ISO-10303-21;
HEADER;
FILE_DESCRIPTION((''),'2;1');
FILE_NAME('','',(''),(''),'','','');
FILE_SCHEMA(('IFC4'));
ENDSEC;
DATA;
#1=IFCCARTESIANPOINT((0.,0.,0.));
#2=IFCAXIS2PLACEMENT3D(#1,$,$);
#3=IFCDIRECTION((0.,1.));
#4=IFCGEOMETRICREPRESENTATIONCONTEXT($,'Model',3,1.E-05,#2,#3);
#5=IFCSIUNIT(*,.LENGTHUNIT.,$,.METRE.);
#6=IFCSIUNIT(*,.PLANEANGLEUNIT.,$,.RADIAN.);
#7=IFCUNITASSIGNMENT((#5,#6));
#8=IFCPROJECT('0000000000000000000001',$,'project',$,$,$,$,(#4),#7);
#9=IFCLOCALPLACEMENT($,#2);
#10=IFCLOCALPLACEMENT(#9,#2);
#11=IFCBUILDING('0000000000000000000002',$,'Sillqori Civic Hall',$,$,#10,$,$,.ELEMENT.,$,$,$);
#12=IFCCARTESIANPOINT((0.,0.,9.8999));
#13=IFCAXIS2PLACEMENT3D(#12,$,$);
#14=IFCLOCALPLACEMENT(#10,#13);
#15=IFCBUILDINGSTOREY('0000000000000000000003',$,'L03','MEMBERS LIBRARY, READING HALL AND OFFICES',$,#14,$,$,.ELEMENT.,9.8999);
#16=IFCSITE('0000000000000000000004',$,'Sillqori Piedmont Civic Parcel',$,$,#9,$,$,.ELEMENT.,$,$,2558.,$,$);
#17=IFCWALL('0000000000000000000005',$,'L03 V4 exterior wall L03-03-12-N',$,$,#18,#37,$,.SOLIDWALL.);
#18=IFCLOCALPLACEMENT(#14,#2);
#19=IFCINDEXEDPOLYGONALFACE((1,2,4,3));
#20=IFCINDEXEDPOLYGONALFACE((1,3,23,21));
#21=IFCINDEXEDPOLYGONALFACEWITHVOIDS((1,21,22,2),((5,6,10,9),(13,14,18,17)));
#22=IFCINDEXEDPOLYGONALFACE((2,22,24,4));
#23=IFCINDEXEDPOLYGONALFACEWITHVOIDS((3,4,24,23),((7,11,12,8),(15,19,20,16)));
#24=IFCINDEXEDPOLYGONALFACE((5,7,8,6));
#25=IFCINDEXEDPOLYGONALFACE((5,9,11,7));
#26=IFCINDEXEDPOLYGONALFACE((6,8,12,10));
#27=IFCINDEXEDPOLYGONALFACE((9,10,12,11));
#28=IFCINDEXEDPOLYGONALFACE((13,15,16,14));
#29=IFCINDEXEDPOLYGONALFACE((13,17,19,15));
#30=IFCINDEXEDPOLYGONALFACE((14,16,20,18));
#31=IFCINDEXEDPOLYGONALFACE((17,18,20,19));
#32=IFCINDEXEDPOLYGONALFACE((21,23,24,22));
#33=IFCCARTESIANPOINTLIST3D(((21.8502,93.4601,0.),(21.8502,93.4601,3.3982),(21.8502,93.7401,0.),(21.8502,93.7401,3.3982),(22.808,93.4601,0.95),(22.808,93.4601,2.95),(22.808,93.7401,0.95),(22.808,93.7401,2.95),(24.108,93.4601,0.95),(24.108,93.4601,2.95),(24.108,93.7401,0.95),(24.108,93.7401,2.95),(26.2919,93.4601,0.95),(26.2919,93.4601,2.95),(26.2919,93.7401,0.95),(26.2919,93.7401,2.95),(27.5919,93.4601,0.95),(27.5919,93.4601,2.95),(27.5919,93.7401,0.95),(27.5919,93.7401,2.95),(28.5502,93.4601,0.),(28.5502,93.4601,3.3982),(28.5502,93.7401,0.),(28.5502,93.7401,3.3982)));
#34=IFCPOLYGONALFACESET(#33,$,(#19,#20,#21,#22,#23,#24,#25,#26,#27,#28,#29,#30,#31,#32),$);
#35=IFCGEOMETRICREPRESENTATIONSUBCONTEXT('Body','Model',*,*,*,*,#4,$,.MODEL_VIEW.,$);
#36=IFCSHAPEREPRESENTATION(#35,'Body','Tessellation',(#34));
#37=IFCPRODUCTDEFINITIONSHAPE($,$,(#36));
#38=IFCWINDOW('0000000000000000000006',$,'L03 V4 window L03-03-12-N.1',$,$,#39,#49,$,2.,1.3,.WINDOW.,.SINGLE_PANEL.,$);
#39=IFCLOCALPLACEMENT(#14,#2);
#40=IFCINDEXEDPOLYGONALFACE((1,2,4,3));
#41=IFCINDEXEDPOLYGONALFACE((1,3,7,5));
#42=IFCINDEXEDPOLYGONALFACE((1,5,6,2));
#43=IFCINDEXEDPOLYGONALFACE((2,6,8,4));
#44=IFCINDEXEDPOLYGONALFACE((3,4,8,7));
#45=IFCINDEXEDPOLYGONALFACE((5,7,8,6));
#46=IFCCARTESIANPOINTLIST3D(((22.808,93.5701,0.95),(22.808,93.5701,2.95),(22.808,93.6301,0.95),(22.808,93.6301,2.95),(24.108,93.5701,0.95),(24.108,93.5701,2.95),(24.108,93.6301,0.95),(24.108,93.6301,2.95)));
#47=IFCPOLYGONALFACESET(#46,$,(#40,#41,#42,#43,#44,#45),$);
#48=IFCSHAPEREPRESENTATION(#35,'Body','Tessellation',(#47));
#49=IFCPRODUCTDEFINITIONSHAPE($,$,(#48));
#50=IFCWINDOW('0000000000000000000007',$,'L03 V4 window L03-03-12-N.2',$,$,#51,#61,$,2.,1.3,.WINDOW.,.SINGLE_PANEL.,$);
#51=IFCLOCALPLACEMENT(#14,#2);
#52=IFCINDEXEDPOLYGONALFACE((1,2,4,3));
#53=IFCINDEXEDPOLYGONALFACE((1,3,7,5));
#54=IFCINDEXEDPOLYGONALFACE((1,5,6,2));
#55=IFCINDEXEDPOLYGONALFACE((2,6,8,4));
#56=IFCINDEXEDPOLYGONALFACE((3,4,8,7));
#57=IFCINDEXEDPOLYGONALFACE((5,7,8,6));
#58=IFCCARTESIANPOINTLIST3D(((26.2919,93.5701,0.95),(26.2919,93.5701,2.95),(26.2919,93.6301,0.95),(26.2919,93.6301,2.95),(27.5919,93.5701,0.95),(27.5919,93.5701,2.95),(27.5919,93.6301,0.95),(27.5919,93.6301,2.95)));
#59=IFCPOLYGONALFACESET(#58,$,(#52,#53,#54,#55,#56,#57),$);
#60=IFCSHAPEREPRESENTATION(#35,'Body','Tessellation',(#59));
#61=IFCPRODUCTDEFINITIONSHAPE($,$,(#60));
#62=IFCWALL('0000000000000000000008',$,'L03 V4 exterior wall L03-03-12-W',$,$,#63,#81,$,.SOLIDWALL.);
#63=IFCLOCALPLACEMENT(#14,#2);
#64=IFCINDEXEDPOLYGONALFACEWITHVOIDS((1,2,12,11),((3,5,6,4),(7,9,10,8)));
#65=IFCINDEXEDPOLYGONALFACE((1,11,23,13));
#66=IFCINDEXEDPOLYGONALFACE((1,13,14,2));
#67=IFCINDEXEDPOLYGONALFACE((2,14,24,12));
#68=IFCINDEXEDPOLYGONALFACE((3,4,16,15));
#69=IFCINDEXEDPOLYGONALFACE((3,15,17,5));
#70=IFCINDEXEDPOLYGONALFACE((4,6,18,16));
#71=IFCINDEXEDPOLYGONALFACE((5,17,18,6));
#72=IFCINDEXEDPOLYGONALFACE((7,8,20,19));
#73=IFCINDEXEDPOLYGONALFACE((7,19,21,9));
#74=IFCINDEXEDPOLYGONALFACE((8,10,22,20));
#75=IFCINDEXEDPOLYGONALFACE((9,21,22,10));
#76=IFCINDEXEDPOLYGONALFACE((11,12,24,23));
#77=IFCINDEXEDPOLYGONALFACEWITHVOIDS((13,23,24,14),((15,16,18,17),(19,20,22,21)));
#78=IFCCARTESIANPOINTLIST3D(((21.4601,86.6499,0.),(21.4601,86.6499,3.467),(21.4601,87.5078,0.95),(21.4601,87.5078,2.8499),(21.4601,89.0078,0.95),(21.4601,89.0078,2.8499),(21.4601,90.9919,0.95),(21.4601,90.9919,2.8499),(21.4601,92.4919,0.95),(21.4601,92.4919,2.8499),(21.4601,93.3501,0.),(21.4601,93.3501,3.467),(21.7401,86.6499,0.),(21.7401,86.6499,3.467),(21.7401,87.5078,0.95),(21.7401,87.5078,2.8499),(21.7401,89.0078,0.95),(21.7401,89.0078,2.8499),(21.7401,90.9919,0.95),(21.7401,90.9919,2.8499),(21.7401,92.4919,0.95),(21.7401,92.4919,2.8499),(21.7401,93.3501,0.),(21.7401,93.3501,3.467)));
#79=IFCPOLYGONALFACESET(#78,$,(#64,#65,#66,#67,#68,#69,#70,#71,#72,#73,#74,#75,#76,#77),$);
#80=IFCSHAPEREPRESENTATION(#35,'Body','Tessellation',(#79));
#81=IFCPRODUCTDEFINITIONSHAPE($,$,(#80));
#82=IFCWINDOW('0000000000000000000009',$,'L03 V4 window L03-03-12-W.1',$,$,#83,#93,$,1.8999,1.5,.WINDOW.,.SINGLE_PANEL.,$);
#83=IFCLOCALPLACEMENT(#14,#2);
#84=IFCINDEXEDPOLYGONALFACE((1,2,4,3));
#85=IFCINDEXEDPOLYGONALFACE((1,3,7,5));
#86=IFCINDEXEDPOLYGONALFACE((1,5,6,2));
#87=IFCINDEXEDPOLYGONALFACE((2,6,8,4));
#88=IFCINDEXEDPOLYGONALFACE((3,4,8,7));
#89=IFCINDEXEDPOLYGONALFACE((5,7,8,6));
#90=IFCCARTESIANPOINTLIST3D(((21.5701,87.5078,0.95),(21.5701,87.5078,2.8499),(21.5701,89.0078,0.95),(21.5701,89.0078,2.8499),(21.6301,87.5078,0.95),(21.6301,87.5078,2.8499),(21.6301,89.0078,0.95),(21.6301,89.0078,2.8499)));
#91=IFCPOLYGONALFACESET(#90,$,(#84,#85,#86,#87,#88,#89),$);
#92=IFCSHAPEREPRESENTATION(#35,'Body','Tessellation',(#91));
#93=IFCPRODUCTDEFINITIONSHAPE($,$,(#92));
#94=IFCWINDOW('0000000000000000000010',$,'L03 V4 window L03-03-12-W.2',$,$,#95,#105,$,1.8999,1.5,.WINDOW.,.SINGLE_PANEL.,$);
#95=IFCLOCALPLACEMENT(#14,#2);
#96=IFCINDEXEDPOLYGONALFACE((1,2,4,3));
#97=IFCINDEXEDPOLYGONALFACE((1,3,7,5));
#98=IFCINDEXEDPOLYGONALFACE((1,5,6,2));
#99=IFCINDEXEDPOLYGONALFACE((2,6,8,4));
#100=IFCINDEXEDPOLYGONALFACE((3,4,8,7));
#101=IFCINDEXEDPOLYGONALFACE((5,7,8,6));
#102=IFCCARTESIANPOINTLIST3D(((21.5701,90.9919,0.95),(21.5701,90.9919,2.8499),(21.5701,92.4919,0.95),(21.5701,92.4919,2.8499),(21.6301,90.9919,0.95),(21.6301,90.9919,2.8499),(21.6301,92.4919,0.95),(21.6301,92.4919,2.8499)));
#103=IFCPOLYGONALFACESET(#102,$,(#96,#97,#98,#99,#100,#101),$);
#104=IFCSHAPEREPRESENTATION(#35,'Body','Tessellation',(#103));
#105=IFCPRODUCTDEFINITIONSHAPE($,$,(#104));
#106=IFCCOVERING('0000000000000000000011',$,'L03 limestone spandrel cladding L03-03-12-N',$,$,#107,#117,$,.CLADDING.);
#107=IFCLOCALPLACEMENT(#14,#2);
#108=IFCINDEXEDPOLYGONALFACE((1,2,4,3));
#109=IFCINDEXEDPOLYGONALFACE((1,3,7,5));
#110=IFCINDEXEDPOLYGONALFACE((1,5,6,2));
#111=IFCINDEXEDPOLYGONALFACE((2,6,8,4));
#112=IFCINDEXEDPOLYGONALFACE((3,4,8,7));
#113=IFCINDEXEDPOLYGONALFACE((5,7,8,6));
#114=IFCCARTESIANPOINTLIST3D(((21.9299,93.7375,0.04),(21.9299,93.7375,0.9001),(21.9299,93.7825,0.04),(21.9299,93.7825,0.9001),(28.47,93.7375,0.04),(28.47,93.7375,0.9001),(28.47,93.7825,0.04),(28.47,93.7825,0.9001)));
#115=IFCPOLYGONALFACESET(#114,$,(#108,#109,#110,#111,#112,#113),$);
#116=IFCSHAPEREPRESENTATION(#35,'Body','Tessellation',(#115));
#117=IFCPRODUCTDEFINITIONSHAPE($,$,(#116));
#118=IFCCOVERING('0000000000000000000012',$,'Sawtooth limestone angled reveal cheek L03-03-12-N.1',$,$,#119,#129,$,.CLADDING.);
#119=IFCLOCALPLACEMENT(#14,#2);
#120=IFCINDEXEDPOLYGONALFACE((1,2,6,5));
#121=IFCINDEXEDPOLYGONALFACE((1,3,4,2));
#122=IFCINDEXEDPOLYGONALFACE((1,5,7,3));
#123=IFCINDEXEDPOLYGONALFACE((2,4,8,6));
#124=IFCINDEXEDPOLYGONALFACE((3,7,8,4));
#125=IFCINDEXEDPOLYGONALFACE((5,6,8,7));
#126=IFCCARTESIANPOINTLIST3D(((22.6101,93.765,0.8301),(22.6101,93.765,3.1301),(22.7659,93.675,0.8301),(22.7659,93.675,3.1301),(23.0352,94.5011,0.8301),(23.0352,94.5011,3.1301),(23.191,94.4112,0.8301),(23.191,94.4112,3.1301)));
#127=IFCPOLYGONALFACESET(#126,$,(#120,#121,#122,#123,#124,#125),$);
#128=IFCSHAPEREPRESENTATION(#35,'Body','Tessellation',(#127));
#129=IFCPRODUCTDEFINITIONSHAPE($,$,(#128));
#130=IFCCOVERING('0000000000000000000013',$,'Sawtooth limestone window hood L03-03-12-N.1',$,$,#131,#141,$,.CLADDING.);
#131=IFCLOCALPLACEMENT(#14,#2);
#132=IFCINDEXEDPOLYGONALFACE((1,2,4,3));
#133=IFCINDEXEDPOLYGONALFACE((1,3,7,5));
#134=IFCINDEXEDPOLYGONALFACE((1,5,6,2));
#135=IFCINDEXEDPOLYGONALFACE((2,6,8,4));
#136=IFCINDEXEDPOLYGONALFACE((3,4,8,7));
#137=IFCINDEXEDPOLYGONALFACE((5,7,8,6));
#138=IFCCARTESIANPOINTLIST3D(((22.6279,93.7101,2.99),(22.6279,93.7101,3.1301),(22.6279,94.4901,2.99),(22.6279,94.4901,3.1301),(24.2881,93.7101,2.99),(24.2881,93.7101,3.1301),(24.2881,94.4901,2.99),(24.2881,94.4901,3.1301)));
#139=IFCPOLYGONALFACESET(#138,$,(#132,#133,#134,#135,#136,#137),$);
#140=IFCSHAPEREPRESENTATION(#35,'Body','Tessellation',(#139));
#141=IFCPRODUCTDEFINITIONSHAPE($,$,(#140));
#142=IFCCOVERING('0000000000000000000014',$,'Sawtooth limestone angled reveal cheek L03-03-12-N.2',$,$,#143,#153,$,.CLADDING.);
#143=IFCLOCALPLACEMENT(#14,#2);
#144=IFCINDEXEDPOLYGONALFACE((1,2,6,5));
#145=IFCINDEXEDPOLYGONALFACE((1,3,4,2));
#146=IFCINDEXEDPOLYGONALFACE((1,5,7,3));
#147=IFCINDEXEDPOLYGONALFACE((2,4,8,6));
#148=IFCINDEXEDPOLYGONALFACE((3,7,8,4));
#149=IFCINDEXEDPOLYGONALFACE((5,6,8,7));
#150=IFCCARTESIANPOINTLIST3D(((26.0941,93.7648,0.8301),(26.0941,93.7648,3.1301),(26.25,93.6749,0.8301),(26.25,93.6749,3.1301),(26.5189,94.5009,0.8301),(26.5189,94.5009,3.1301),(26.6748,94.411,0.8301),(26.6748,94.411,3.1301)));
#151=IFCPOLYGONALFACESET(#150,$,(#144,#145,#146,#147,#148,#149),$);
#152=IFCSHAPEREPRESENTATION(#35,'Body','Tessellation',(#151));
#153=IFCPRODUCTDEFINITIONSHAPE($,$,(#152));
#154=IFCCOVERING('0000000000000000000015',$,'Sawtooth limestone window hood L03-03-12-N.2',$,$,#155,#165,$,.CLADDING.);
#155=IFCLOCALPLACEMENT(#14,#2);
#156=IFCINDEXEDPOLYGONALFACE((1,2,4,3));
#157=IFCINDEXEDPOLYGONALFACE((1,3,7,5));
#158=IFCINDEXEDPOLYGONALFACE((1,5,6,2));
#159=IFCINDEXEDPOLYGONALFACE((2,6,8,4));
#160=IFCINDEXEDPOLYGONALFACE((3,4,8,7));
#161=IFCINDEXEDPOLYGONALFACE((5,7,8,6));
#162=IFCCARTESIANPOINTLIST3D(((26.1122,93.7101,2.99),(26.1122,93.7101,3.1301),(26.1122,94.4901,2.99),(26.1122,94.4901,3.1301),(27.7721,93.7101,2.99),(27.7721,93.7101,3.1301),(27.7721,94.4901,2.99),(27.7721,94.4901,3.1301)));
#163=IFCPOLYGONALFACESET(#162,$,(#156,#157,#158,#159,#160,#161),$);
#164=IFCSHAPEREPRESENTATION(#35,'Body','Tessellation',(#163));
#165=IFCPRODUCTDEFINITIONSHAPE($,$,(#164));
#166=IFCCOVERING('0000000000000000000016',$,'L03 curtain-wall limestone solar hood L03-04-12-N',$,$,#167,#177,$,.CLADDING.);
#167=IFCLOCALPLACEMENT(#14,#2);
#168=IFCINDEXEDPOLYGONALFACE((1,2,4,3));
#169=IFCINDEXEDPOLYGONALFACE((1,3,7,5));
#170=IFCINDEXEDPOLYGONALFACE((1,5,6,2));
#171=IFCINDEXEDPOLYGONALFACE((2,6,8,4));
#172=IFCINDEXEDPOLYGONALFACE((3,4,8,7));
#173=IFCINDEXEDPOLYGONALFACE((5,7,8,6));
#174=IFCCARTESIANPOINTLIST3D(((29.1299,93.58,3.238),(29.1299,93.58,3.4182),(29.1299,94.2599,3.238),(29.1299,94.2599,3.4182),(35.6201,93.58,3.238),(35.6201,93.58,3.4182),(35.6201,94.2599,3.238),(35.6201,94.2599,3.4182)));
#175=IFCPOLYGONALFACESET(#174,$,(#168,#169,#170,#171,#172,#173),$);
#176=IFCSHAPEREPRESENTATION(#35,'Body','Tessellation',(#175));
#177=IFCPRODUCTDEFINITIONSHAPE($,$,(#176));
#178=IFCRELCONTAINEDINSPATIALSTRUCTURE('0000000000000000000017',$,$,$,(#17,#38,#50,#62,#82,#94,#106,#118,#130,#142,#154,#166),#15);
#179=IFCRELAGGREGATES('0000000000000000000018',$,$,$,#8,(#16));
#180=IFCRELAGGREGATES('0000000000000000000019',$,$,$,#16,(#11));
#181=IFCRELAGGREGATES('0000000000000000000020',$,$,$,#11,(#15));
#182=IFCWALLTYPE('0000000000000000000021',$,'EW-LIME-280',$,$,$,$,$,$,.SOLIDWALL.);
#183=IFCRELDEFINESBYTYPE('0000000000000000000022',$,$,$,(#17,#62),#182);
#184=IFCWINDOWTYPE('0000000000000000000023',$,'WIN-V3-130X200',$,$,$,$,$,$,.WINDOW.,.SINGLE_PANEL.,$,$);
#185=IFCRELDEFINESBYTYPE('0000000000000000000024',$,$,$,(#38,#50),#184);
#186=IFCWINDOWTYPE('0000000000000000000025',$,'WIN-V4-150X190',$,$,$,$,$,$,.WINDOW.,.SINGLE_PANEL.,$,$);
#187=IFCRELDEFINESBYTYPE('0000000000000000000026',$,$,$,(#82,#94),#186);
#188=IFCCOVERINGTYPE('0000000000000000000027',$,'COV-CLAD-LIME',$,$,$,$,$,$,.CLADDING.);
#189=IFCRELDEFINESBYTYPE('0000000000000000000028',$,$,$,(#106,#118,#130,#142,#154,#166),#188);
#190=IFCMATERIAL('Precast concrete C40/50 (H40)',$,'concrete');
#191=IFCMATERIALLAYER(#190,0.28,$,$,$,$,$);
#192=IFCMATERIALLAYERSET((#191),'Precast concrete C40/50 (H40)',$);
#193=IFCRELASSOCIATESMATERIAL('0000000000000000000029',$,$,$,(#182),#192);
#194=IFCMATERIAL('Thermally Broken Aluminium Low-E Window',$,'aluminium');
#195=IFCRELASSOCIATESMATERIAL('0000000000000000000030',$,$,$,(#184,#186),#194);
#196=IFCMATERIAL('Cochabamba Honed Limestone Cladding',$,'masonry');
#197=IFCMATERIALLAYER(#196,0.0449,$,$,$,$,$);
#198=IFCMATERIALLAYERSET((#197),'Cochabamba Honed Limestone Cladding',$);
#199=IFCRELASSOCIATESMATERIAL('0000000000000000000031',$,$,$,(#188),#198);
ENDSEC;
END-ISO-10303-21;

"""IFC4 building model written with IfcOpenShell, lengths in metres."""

from ifc_helpers import new_model, si_unit, direction, frame, frame_2d, origin, place, context, subcontext, project, spatial, rectangle, extrude, material, layer, layer_set, type_object, element, fill, save


model = new_model("IFC4")

# Units and contexts
model_context = context("Model", 3, precision=1e-05, world=origin(), true_north=direction((0.0, 1.0)))
body_context = subcontext(model_context, "Body", "Model", "MODEL_VIEW")
ifc_project = project(units=[si_unit("LENGTHUNIT", "METRE"), si_unit("PLANEANGLEUNIT", "RADIAN")], contexts=[model_context])

# Site, building, storey
site_placement = place(None, origin())
site = spatial("IfcSite", under=ifc_project, at=site_placement, Name="Sillqori Piedmont Civic Parcel", CompositionType="ELEMENT", RefElevation=2558.0)
building_placement = place(site_placement, origin())
building = spatial("IfcBuilding", under=site, at=building_placement, Name="Sillqori Civic Hall", CompositionType="ELEMENT")
storey_placement = place(building_placement, frame((0.0, 0.0, 9.8999)))
storey = spatial("IfcBuildingStorey", under=building, at=storey_placement, Name="L03", Description="MEMBERS LIBRARY, READING HALL AND OFFICES", CompositionType="ELEMENT", Elevation=9.8999)

# Shared definitions
ifc_material_1 = material(Name="Precast concrete C40/50 (H40)", Category="concrete")

# Walls, openings, windows
ifc_layer_1 = layer(ifc_material_1, 0.28)
ifc_layer_set_1 = layer_set([ifc_layer_1], Name="Precast concrete C40/50 (H40)")
wall_type = type_object("IfcWallType", Name="EW-LIME-280", PredefinedType="SOLIDWALL", material=ifc_layer_set_1)
wall_1_placement = place(storey_placement, frame((21.8501, 93.6001, 0.0), z_axis=(0.0, 0.0, 1.0), x_axis=(1.0, 0.0, 0.0)))
wall_1 = element("IfcWall", 1, at=wall_1_placement, inside=storey, type_object=wall_type, Name="L03 V4 exterior wall L03-03-12-N", PredefinedType="SOLIDWALL", context=body_context, shape_type="SweptSolid", body=[
    extrude(rectangle(XDim=6.7, YDim=0.28, at=frame_2d((3.3501, 0.0))), origin(), (0.0, 0.0, 1.0), 3.3982),
])
opening_1_placement = place(wall_1_placement, frame((0.958, 0.0, 0.95)))
opening_1 = element("IfcOpeningElement", 2, at=opening_1_placement, cuts=wall_1, PredefinedType="OPENING", context=body_context, shape_type="SweptSolid", body=[
    extrude(rectangle(XDim=1.3, YDim=2.0, at=frame_2d((0.6499, 1.0))), frame((0.0, 0.1499, 0.0), z_axis=(0.0, -1.0, 0.0), x_axis=(1.0, 0.0, 0.0)), (0.0, 0.0, 1.0), 0.3),
])
opening_2_placement = place(wall_1_placement, frame((4.4419, 0.0, 0.95)))
opening_2 = element("IfcOpeningElement", 3, at=opening_2_placement, cuts=wall_1, PredefinedType="OPENING", context=body_context, shape_type="SweptSolid", body=[
    extrude(rectangle(XDim=1.3, YDim=2.0, at=frame_2d((0.6499, 1.0))), frame((0.0, 0.1499, 0.0), z_axis=(0.0, -1.0, 0.0), x_axis=(1.0, 0.0, 0.0)), (0.0, 0.0, 1.0), 0.3),
])
ifc_material_2 = material(Name="Thermally Broken Aluminium Low-E Window", Category="aluminium")
window_type_1 = type_object("IfcWindowType", Name="WIN-V3-130X200", PartitioningType="SINGLE_PANEL", PredefinedType="WINDOW", material=ifc_material_2)
window_1_placement = place(opening_1_placement, origin())
window_1 = element("IfcWindow", 4, at=window_1_placement, inside=storey, type_object=window_type_1, Name="L03 V4 window L03-03-12-N.1", OverallHeight=2.0, OverallWidth=1.3, PartitioningType="SINGLE_PANEL", PredefinedType="WINDOW", context=body_context, shape_type="SweptSolid", body=[
    extrude(rectangle(XDim=1.3, YDim=2.0, at=frame_2d((0.6499, 1.0))), frame((0.0, 0.03, 0.0), z_axis=(0.0, -1.0, 0.0), x_axis=(1.0, 0.0, 0.0)), (0.0, 0.0, 1.0), 0.0601),
])
fill(opening_1, window_1)
window_2_placement = place(opening_2_placement, origin())
window_2 = element("IfcWindow", 5, at=window_2_placement, inside=storey, type_object=window_type_1, Name="L03 V4 window L03-03-12-N.2", OverallHeight=2.0, OverallWidth=1.3, PartitioningType="SINGLE_PANEL", PredefinedType="WINDOW", context=body_context, shape_type="SweptSolid", body=[
    extrude(rectangle(XDim=1.3, YDim=2.0, at=frame_2d((0.6499, 1.0))), frame((0.0, 0.03, 0.0), z_axis=(0.0, -1.0, 0.0), x_axis=(1.0, 0.0, 0.0)), (0.0, 0.0, 1.0), 0.0601),
])
fill(opening_2, window_2)
wall_2_placement = place(storey_placement, frame((21.6001, 86.6499, 0.0), z_axis=(0.0, 0.0, 1.0), x_axis=(0.0, 1.0, 0.0)))
wall_2 = element("IfcWall", 6, at=wall_2_placement, inside=storey, type_object=wall_type, Name="L03 V4 exterior wall L03-03-12-W", PredefinedType="SOLIDWALL", context=body_context, shape_type="SweptSolid", body=[
    extrude(rectangle(XDim=6.7002, YDim=0.28, at=frame_2d((3.3501, 0.0))), origin(), (0.0, 0.0, 1.0), 3.467),
])
opening_3_placement = place(wall_2_placement, frame((0.8579, 0.0, 0.95)))
opening_3 = element("IfcOpeningElement", 7, at=opening_3_placement, cuts=wall_2, PredefinedType="OPENING", context=body_context, shape_type="SweptSolid", body=[
    extrude(rectangle(XDim=1.5, YDim=1.8999, at=frame_2d((0.75, 0.95))), frame((0.0, 0.1499, 0.0), z_axis=(0.0, -1.0, 0.0), x_axis=(1.0, 0.0, 0.0)), (0.0, 0.0, 1.0), 0.3),
])
opening_4_placement = place(wall_2_placement, frame((4.342, 0.0, 0.95)))
opening_4 = element("IfcOpeningElement", 8, at=opening_4_placement, cuts=wall_2, PredefinedType="OPENING", context=body_context, shape_type="SweptSolid", body=[
    extrude(rectangle(XDim=1.5, YDim=1.8999, at=frame_2d((0.75, 0.95))), frame((0.0, 0.1499, 0.0), z_axis=(0.0, -1.0, 0.0), x_axis=(1.0, 0.0, 0.0)), (0.0, 0.0, 1.0), 0.3),
])
window_type_2 = type_object("IfcWindowType", Name="WIN-V4-150X190", PartitioningType="SINGLE_PANEL", PredefinedType="WINDOW", material=ifc_material_2)
window_3_placement = place(opening_3_placement, origin())
window_3 = element("IfcWindow", 9, at=window_3_placement, inside=storey, type_object=window_type_2, Name="L03 V4 window L03-03-12-W.1", OverallHeight=1.8999, OverallWidth=1.5, PartitioningType="SINGLE_PANEL", PredefinedType="WINDOW", context=body_context, shape_type="SweptSolid", body=[
    extrude(rectangle(XDim=1.5, YDim=1.8999, at=frame_2d((0.75, 0.95))), frame((0.0, 0.03, 0.0), z_axis=(0.0, -1.0, 0.0), x_axis=(1.0, 0.0, 0.0)), (0.0, 0.0, 1.0), 0.0601),
])
fill(opening_3, window_3)
window_4_placement = place(opening_4_placement, origin())
window_4 = element("IfcWindow", 10, at=window_4_placement, inside=storey, type_object=window_type_2, Name="L03 V4 window L03-03-12-W.2", OverallHeight=1.8999, OverallWidth=1.5, PartitioningType="SINGLE_PANEL", PredefinedType="WINDOW", context=body_context, shape_type="SweptSolid", body=[
    extrude(rectangle(XDim=1.5, YDim=1.8999, at=frame_2d((0.75, 0.95))), frame((0.0, 0.03, 0.0), z_axis=(0.0, -1.0, 0.0), x_axis=(1.0, 0.0, 0.0)), (0.0, 0.0, 1.0), 0.0601),
])
fill(opening_4, window_4)

# Coverings
ifc_material_3 = material(Name="Cochabamba Honed Limestone Cladding", Category="masonry")
ifc_layer_2 = layer(ifc_material_3, 0.0449)
ifc_layer_set_2 = layer_set([ifc_layer_2], Name="Cochabamba Honed Limestone Cladding")
covering_type = type_object("IfcCoveringType", Name="COV-CLAD-LIME", PredefinedType="CLADDING", material=ifc_layer_set_2)
covering_1_placement = place(storey_placement, frame((21.9299, 93.76, 0.04), z_axis=(0.0, 0.0, 1.0), x_axis=(1.0, 0.0, 0.0)))
element("IfcCovering", 11, at=covering_1_placement, inside=storey, type_object=covering_type, Name="L03 limestone spandrel cladding L03-03-12-N", PredefinedType="CLADDING", context=body_context, shape_type="SweptSolid", body=[
    extrude(rectangle(XDim=6.54, YDim=0.0449, at=frame_2d((3.27, 0.0))), origin(), (0.0, 0.0, 1.0), 0.8601),
])
covering_2_placement = place(storey_placement, frame((22.688, 93.72, 0.8301), z_axis=(0.0, 0.0, 1.0), x_axis=(0.500062, 0.865989, 0.0)))
element("IfcCovering", 12, at=covering_2_placement, inside=storey, type_object=covering_type, Name="Sawtooth limestone angled reveal cheek L03-03-12-N.1", PredefinedType="CLADDING", context=body_context, shape_type="SweptSolid", body=[
    extrude(rectangle(XDim=0.8501, YDim=0.1799, at=frame_2d((0.425, 0.0))), origin(), (0.0, 0.0, 1.0), 2.3),
])
covering_3_placement = place(storey_placement, frame((22.6279, 94.1001, 2.99), z_axis=(0.0, 0.0, 1.0), x_axis=(1.0, 0.0, 0.0)))
element("IfcCovering", 13, at=covering_3_placement, inside=storey, type_object=covering_type, Name="Sawtooth limestone window hood L03-03-12-N.1", PredefinedType="CLADDING", context=body_context, shape_type="SweptSolid", body=[
    extrude(rectangle(XDim=1.6602, YDim=0.78, at=frame_2d((0.8301, 0.0))), origin(), (0.0, 0.0, 1.0), 0.1401),
])
covering_4_placement = place(storey_placement, frame((26.1721, 93.72, 0.8301), z_axis=(0.0, 0.0, 1.0), x_axis=(0.499847, 0.866114, 0.0)))
element("IfcCovering", 14, at=covering_4_placement, inside=storey, type_object=covering_type, Name="Sawtooth limestone angled reveal cheek L03-03-12-N.2", PredefinedType="CLADDING", context=body_context, shape_type="SweptSolid", body=[
    extrude(rectangle(XDim=0.8499, YDim=0.1799, at=frame_2d((0.4248, 0.0))), origin(), (0.0, 0.0, 1.0), 2.3),
])
covering_5_placement = place(storey_placement, frame((26.1121, 94.1001, 2.99), z_axis=(0.0, 0.0, 1.0), x_axis=(1.0, 0.0, 0.0)))
element("IfcCovering", 15, at=covering_5_placement, inside=storey, type_object=covering_type, Name="Sawtooth limestone window hood L03-03-12-N.2", PredefinedType="CLADDING", context=body_context, shape_type="SweptSolid", body=[
    extrude(rectangle(XDim=1.6599, YDim=0.78, at=frame_2d((0.8301, 0.0))), origin(), (0.0, 0.0, 1.0), 0.1401),
])
covering_6_placement = place(storey_placement, frame((29.1299, 93.9199, 3.238), z_axis=(0.0, 0.0, 1.0), x_axis=(1.0, 0.0, 0.0)))
element("IfcCovering", 16, at=covering_6_placement, inside=storey, type_object=covering_type, Name="L03 curtain-wall limestone solar hood L03-04-12-N", PredefinedType="CLADDING", context=body_context, shape_type="SweptSolid", body=[
    extrude(rectangle(XDim=6.4902, YDim=0.6799, at=frame_2d((3.2451, 0.0))), origin(), (0.0, 0.0, 1.0), 0.1802),
])

save(model, "model.ifc")
